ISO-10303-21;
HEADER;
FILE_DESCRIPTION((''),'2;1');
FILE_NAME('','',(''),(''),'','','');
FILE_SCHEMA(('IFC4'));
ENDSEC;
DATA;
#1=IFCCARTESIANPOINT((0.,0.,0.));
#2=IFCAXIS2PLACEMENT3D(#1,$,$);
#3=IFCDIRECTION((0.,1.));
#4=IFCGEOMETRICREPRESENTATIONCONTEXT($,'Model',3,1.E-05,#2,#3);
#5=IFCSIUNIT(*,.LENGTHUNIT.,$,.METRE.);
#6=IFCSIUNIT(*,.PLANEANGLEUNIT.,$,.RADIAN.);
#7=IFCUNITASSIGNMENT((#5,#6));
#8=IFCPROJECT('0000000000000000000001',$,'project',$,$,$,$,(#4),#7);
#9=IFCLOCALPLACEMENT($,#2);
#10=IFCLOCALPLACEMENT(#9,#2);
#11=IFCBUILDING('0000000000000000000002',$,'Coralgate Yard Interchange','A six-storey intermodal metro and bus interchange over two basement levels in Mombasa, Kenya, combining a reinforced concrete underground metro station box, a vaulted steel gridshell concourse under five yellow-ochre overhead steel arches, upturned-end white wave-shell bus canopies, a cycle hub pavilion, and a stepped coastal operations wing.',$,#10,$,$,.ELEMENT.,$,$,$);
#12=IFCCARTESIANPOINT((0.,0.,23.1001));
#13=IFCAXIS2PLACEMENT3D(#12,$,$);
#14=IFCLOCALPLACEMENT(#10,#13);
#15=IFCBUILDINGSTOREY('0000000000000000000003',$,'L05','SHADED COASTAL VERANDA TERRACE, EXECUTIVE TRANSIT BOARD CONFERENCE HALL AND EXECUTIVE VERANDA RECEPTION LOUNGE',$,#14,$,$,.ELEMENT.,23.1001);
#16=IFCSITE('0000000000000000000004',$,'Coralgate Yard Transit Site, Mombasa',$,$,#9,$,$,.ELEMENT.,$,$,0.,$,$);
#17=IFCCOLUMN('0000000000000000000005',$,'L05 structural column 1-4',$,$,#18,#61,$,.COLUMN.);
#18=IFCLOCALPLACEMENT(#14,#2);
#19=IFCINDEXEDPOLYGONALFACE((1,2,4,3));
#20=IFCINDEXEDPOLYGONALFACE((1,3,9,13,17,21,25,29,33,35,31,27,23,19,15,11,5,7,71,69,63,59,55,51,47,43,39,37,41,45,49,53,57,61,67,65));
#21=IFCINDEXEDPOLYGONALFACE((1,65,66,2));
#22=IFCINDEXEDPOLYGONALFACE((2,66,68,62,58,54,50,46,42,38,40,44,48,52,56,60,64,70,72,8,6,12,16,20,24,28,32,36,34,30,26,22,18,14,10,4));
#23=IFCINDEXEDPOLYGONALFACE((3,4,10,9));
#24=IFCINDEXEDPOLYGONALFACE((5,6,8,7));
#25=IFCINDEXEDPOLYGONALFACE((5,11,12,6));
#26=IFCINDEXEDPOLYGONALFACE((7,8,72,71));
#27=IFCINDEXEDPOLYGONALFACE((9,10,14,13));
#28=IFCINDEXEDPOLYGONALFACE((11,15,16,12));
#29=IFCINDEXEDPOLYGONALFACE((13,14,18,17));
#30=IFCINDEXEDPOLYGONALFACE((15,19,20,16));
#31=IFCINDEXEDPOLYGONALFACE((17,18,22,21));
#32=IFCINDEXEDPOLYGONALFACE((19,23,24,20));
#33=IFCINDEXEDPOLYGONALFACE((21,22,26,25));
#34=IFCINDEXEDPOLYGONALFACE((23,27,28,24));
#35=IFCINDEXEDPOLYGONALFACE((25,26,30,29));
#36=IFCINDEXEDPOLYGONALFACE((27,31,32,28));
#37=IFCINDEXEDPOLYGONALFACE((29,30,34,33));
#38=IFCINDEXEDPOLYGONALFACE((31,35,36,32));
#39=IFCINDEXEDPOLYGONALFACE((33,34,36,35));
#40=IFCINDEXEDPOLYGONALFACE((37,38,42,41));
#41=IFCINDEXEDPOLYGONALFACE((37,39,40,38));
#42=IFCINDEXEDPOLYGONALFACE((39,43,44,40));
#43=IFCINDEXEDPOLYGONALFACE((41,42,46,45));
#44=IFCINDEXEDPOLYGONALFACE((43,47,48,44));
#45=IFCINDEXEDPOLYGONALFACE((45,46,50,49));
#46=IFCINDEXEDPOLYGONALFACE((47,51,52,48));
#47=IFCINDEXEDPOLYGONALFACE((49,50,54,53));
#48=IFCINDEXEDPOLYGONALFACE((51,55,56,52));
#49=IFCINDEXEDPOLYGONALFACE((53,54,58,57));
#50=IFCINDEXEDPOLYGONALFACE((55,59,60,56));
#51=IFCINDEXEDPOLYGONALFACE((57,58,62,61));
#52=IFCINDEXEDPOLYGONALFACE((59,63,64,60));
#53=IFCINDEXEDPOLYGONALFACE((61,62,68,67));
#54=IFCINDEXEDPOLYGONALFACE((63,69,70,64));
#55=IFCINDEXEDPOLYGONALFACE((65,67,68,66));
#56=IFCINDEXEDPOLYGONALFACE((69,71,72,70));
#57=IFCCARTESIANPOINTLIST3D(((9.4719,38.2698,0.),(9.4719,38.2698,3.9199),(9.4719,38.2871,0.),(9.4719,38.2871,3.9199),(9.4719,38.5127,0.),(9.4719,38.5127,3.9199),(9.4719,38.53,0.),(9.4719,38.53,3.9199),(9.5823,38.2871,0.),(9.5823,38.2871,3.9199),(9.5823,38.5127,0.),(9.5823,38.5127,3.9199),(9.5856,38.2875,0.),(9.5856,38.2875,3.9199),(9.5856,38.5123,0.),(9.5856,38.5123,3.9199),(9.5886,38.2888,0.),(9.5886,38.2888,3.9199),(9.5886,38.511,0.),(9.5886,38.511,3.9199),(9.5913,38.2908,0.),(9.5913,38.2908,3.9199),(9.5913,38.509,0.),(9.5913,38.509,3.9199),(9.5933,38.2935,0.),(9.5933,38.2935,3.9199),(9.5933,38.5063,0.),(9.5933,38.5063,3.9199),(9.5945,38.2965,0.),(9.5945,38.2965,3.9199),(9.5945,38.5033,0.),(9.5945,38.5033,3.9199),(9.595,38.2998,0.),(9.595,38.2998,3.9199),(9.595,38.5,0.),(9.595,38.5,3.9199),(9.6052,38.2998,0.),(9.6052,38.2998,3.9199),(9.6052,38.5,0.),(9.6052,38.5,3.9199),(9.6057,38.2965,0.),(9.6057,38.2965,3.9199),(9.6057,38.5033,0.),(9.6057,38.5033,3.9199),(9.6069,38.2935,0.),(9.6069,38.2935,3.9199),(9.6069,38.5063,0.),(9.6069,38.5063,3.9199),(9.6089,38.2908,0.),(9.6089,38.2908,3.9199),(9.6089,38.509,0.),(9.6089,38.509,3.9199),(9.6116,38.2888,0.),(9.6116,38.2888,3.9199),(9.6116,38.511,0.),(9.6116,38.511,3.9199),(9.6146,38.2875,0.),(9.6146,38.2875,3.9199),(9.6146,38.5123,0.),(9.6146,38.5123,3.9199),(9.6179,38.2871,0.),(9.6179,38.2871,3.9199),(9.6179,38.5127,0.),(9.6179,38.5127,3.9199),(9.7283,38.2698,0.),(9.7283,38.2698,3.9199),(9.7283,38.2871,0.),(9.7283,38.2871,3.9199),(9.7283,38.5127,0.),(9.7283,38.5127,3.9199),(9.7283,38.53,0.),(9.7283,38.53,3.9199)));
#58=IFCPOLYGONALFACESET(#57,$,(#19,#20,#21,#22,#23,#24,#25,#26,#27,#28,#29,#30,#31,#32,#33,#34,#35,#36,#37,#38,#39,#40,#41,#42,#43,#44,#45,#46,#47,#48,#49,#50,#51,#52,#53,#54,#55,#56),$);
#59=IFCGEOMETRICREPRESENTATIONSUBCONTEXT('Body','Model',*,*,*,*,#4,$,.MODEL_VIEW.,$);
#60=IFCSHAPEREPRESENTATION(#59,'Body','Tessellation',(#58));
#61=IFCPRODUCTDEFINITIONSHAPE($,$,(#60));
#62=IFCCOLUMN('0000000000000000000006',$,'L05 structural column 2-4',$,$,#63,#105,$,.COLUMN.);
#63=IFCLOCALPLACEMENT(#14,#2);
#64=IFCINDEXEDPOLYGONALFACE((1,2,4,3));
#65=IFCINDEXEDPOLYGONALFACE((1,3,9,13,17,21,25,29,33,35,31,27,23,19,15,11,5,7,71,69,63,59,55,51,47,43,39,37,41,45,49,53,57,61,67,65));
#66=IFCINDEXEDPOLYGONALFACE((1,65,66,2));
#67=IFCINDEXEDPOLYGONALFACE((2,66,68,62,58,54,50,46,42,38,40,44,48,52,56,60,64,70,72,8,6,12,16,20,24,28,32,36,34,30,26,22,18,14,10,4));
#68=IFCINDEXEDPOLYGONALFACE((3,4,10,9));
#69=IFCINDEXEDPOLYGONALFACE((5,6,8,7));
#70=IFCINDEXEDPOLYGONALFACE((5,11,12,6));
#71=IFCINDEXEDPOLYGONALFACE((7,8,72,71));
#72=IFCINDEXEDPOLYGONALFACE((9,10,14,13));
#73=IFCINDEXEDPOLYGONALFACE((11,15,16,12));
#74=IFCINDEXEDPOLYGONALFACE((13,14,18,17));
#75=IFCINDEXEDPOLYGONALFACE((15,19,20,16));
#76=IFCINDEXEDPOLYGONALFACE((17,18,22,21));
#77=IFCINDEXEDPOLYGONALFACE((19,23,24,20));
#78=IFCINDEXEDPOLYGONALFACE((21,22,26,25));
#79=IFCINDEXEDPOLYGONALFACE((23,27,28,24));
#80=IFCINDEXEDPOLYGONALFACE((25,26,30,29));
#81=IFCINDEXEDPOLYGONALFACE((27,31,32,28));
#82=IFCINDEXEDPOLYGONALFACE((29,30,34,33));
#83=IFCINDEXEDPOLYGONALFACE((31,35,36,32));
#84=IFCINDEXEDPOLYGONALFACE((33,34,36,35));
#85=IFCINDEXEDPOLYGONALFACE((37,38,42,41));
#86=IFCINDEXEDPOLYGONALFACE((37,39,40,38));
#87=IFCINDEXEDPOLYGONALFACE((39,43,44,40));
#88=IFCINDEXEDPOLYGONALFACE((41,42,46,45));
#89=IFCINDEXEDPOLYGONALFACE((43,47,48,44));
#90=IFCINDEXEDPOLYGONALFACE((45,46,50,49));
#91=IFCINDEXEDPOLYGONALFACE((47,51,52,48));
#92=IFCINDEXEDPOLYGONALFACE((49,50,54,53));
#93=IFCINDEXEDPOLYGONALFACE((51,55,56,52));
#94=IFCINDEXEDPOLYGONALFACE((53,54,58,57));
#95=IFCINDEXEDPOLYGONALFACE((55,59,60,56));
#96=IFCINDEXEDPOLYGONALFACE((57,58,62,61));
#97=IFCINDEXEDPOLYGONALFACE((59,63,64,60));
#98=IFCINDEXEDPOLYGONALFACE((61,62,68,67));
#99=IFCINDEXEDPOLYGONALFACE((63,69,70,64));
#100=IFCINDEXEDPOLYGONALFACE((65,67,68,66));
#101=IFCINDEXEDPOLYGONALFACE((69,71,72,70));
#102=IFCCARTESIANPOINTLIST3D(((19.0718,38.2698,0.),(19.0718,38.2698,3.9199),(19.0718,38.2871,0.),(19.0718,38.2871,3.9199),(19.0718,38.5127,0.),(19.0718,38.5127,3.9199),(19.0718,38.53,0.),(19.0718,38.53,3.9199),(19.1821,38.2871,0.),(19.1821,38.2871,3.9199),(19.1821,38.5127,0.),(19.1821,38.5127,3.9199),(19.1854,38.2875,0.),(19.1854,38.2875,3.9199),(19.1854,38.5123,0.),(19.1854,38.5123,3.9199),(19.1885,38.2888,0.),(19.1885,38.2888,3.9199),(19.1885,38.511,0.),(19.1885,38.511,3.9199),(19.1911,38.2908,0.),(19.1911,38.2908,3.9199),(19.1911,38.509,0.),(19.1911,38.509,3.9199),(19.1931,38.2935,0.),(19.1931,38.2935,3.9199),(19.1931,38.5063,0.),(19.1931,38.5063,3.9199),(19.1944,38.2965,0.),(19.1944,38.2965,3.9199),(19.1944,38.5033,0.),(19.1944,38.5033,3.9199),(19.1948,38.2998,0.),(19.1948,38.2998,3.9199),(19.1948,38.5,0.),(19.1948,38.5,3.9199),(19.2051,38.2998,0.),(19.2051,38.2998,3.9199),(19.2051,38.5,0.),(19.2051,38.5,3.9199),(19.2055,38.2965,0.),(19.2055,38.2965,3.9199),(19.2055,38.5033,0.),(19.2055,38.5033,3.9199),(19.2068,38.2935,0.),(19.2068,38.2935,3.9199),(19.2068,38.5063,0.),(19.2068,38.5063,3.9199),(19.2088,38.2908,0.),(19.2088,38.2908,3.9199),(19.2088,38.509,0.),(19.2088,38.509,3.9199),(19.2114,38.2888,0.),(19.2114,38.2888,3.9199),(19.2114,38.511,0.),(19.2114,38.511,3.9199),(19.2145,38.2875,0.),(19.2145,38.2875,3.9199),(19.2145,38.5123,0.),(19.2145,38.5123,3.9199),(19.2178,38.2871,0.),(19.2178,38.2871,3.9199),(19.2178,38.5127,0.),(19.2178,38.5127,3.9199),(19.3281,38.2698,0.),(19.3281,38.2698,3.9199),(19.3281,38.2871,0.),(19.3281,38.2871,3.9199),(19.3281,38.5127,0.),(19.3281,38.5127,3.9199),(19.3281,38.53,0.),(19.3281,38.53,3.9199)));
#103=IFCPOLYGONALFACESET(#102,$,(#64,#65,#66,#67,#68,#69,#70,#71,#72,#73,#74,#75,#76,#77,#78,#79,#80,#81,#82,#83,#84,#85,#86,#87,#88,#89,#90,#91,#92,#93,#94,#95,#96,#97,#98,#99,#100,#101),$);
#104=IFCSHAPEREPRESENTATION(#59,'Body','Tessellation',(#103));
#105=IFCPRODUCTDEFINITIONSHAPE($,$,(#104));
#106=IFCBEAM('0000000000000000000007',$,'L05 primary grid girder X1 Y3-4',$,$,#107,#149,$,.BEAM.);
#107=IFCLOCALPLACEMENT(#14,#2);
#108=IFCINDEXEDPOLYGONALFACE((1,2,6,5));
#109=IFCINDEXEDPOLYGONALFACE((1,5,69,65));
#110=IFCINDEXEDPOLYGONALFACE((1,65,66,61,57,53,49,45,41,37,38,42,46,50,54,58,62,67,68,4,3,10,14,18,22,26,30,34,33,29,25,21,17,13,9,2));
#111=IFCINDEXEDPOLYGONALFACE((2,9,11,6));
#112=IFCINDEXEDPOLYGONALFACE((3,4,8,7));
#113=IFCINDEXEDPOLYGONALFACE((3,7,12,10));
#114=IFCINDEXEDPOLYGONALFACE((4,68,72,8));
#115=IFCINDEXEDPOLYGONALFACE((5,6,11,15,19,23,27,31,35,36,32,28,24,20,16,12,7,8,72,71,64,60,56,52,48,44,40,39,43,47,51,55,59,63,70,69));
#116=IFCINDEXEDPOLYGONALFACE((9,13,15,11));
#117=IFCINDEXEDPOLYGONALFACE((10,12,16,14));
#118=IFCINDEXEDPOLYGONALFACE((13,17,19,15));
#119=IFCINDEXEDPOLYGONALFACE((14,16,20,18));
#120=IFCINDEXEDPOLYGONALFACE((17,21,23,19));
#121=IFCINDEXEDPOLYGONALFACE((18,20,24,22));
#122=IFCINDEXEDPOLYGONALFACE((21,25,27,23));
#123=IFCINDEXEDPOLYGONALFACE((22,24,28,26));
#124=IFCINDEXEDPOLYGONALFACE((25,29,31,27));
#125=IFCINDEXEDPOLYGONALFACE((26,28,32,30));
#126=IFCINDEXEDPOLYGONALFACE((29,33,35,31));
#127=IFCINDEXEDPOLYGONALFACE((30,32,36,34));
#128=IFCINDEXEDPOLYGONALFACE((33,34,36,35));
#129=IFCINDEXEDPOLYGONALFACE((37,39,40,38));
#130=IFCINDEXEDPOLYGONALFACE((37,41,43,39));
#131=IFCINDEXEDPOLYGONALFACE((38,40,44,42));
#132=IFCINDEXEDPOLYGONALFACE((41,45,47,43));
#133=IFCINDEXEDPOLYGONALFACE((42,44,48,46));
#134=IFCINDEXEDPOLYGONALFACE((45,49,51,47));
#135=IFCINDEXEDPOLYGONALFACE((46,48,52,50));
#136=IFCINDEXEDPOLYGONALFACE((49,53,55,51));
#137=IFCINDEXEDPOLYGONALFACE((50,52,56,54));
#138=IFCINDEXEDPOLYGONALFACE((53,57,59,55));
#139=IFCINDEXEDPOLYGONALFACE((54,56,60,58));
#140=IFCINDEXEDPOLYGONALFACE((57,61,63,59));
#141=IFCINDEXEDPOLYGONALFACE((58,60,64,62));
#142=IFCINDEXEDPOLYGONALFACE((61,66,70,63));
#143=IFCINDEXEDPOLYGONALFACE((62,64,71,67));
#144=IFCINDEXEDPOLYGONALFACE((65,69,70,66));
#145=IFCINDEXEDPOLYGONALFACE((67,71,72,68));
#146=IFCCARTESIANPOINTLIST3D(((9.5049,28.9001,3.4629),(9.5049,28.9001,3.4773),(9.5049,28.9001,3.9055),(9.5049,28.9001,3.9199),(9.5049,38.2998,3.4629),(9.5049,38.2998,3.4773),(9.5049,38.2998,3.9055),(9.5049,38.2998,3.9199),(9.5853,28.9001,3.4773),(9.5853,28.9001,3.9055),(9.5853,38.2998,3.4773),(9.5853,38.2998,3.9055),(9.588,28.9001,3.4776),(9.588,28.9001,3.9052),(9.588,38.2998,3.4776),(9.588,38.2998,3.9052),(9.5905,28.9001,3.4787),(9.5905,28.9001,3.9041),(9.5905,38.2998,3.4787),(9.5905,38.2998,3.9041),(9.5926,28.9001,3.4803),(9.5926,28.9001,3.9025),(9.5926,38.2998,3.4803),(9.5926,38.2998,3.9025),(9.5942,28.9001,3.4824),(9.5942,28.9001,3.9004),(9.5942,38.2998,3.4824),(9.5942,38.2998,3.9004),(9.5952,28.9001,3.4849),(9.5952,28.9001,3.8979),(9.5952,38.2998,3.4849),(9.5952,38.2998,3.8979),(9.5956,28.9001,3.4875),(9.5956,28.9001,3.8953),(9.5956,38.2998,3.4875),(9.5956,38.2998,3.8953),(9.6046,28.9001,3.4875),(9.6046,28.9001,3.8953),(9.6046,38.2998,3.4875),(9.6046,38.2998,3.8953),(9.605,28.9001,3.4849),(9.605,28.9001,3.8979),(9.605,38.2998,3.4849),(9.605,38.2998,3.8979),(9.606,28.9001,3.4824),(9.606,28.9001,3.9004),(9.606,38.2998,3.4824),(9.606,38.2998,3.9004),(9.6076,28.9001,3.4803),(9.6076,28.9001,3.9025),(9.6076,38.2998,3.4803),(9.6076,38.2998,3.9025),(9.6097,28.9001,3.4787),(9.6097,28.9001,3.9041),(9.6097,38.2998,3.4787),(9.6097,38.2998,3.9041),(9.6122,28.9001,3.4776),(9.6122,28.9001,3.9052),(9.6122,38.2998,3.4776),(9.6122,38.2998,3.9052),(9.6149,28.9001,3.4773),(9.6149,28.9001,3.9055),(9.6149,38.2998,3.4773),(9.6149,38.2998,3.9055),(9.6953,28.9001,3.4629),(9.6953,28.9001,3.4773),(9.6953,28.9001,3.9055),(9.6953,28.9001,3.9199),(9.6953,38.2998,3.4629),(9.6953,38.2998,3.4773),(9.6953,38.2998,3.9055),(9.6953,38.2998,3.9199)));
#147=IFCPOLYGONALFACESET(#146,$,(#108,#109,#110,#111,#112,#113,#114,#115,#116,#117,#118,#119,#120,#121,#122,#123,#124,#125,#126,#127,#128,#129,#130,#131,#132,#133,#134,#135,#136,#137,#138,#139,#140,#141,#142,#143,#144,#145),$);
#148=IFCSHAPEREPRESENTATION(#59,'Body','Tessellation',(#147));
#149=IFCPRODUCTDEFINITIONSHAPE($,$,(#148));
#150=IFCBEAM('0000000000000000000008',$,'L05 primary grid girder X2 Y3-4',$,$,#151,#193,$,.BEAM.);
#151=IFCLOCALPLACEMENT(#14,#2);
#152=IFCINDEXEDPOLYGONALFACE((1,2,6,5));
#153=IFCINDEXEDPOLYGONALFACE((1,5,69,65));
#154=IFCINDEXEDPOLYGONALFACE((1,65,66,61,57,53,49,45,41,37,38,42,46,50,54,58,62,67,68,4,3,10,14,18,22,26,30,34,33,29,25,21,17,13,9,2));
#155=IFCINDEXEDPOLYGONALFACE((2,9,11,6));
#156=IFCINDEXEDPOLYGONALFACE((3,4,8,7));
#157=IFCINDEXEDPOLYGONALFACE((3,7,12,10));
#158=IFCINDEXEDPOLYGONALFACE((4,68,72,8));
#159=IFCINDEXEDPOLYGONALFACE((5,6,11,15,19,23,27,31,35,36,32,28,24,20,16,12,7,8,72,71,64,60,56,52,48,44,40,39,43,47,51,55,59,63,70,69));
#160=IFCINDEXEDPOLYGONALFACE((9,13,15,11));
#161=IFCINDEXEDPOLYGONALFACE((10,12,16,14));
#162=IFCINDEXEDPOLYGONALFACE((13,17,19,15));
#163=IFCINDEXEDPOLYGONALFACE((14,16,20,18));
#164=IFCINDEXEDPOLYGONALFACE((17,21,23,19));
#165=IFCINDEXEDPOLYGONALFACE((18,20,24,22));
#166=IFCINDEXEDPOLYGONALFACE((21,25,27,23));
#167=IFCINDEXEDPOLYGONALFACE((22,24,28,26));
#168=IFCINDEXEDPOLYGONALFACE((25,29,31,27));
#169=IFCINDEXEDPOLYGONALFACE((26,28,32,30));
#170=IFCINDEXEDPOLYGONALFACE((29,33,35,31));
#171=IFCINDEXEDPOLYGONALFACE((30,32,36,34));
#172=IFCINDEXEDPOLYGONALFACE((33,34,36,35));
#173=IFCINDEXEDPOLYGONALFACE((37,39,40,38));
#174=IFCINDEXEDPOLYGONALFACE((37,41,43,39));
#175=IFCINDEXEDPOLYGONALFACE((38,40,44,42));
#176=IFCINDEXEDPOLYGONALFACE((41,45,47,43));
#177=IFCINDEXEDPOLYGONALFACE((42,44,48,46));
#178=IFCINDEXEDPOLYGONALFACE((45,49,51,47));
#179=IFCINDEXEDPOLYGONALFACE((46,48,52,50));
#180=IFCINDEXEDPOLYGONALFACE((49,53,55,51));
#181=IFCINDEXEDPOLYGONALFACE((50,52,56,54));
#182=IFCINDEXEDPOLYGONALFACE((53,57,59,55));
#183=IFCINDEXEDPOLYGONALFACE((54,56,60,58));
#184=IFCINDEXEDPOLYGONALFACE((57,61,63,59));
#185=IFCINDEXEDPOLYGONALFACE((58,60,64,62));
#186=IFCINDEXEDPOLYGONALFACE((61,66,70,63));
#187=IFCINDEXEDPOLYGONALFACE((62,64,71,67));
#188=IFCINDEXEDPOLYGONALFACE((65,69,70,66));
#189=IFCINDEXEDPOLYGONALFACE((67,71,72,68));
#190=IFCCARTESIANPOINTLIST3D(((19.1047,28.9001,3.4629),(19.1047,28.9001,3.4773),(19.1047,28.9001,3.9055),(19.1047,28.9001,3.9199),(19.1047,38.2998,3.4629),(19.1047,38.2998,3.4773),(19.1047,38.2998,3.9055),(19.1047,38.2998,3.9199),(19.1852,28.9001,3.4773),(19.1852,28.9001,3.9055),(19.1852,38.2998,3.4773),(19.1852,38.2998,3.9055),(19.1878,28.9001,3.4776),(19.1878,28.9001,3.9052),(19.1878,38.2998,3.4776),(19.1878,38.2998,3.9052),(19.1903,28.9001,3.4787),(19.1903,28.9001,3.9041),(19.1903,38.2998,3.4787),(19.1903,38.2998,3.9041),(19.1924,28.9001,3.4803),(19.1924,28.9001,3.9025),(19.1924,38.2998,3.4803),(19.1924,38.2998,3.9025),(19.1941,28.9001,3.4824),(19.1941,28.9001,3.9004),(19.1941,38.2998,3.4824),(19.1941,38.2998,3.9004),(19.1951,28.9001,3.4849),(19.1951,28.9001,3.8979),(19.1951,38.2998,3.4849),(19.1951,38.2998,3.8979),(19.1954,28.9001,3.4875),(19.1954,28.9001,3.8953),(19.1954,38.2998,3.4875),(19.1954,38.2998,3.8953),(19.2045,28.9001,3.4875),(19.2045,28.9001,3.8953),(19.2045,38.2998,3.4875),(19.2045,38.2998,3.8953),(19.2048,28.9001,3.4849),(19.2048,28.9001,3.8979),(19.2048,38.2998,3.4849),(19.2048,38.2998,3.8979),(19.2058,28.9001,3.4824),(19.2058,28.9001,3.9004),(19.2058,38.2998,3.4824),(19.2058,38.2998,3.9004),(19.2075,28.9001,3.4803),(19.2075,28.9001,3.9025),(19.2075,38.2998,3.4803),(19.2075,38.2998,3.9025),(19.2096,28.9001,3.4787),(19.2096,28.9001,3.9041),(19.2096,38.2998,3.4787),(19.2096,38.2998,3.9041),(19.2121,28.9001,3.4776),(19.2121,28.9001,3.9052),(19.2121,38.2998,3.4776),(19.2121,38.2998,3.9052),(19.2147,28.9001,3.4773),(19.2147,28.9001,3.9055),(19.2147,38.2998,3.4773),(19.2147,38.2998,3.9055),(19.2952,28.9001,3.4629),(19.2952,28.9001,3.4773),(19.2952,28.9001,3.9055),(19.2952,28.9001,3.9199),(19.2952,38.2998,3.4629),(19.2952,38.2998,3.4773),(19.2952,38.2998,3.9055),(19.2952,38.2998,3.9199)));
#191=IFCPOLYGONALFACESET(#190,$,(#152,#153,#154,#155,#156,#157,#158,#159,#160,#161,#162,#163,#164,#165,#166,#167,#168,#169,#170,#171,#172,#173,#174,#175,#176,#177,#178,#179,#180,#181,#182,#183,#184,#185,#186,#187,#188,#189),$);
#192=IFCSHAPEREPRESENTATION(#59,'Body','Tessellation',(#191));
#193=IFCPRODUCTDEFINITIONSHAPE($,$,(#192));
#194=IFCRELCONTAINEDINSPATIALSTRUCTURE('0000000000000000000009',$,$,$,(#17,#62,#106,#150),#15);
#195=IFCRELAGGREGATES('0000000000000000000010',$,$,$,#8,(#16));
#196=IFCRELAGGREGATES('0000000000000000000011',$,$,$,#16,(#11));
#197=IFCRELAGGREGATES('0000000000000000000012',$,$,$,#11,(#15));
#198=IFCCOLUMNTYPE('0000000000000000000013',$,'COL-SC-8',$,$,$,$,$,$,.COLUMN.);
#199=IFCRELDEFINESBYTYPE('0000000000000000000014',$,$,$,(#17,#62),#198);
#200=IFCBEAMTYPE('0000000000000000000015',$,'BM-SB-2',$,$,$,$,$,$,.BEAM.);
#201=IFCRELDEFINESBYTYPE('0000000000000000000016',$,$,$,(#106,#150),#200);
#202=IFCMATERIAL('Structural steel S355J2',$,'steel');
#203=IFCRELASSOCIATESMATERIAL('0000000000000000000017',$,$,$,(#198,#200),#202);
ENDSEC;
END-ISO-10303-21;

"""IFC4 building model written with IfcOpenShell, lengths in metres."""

from ifc_helpers import new_model, si_unit, direction, frame, origin, origin_2d, place, context, subcontext, project, spatial, i_section, extrude, material, material_profile, profile_set, type_object, element, save


model = new_model("IFC4")

# Units and contexts
model_context = context("Model", 3, precision=1e-05, world=origin(), true_north=direction((0.0, 1.0)))
body_context = subcontext(model_context, "Body", "Model", "MODEL_VIEW")
ifc_project = project(units=[si_unit("LENGTHUNIT", "METRE"), si_unit("PLANEANGLEUNIT", "RADIAN")], contexts=[model_context])

# Site, building, storey
site_placement = place(None, origin())
site = spatial("IfcSite", under=ifc_project, at=site_placement, Name="Coralgate Yard Transit Site, Mombasa", CompositionType="ELEMENT", RefElevation=0.0)
building_placement = place(site_placement, origin())
building = spatial("IfcBuilding", under=site, at=building_placement, Name="Coralgate Yard Interchange", Description="A six-storey intermodal metro and bus interchange over two basement levels in Mombasa, Kenya, combining a reinforced concrete underground metro station box, a vaulted steel gridshell concourse under five yellow-ochre overhead steel arches, upturned-end white wave-shell bus canopies, a cycle hub pavilion, and a stepped coastal operations wing.", CompositionType="ELEMENT")
storey_placement = place(building_placement, frame((0.0, 0.0, 23.1001)))
storey = spatial("IfcBuildingStorey", under=building, at=storey_placement, Name="L05", Description="SHADED COASTAL VERANDA TERRACE, EXECUTIVE TRANSIT BOARD CONFERENCE HALL AND EXECUTIVE VERANDA RECEPTION LOUNGE", CompositionType="ELEMENT", Elevation=23.1001)

# Columns
ifc_material_1 = material(Name="Structural steel S355J2", Category="steel")
ifc_material_profile_1 = material_profile(ifc_material_1, i_section(OverallWidth=0.2563, OverallDepth=0.2603, WebThickness=0.0103, FlangeThickness=0.0173, FilletRadius=0.0127, at=origin_2d()), Name="UC 254x254x89")
ifc_profile_set_1 = profile_set([ifc_material_profile_1], Name="Structural steel S355J2")
column_type = type_object("IfcColumnType", Name="COL-SC-8", PredefinedType="COLUMN", material=ifc_profile_set_1)
for number, where, z_axis, x_axis, name in (
    (1, (9.6001, 38.3999, 0.0), (0.0, 0.0, 1.0), (1.0, 0.0, 0.0), "L05 structural column 1-4"),
    (2, (19.2, 38.3999, 0.0), (0.0, 0.0, 1.0), (1.0, 0.0, 0.0), "L05 structural column 2-4"),
):
    element("IfcColumn", number, at=place(storey_placement, frame(where, z_axis=z_axis, x_axis=x_axis)), inside=storey, type_object=column_type, Name=name, PredefinedType="COLUMN", context=body_context, shape_type="SweptSolid", body=[
        extrude(i_section(OverallWidth=0.2563, OverallDepth=0.2603, WebThickness=0.0103, FlangeThickness=0.0173, FilletRadius=0.0127, at=origin_2d()), origin(), (0.0, 0.0, 1.0), 3.9199),
    ])

# Beams
ifc_material_profile_2 = material_profile(ifc_material_1, i_section(OverallWidth=0.1904, OverallDepth=0.457, WebThickness=0.009, FlangeThickness=0.0144, FilletRadius=0.0103, at=origin_2d()), Name="UB 457x191x74")
ifc_profile_set_2 = profile_set([ifc_material_profile_2], Name="Structural steel S355J2")
beam_type_1 = type_object("IfcBeamType", Name="BM-SB-2", PredefinedType="BEAM", material=ifc_profile_set_2)
for number, where, z_axis, x_axis, name in (
    (3, (9.6001, 28.9001, 3.6914), (0.0, 1.0, 0.0), (-1.0, 0.0, 0.0), "L05 primary grid girder X1 Y3-4"),
    (4, (19.2, 28.9001, 3.6914), (0.0, 1.0, 0.0), (-1.0, 0.0, 0.0), "L05 primary grid girder X2 Y3-4"),
):
    element("IfcBeam", number, at=place(storey_placement, frame(where, z_axis=z_axis, x_axis=x_axis)), inside=storey, type_object=beam_type_1, Name=name, PredefinedType="BEAM", context=body_context, shape_type="SweptSolid", body=[
        extrude(i_section(OverallWidth=0.1904, OverallDepth=0.457, WebThickness=0.009, FlangeThickness=0.0144, FilletRadius=0.0103, at=origin_2d()), origin(), (0.0, 0.0, 1.0), 9.3997),
    ])

save(model, "model.ifc")
